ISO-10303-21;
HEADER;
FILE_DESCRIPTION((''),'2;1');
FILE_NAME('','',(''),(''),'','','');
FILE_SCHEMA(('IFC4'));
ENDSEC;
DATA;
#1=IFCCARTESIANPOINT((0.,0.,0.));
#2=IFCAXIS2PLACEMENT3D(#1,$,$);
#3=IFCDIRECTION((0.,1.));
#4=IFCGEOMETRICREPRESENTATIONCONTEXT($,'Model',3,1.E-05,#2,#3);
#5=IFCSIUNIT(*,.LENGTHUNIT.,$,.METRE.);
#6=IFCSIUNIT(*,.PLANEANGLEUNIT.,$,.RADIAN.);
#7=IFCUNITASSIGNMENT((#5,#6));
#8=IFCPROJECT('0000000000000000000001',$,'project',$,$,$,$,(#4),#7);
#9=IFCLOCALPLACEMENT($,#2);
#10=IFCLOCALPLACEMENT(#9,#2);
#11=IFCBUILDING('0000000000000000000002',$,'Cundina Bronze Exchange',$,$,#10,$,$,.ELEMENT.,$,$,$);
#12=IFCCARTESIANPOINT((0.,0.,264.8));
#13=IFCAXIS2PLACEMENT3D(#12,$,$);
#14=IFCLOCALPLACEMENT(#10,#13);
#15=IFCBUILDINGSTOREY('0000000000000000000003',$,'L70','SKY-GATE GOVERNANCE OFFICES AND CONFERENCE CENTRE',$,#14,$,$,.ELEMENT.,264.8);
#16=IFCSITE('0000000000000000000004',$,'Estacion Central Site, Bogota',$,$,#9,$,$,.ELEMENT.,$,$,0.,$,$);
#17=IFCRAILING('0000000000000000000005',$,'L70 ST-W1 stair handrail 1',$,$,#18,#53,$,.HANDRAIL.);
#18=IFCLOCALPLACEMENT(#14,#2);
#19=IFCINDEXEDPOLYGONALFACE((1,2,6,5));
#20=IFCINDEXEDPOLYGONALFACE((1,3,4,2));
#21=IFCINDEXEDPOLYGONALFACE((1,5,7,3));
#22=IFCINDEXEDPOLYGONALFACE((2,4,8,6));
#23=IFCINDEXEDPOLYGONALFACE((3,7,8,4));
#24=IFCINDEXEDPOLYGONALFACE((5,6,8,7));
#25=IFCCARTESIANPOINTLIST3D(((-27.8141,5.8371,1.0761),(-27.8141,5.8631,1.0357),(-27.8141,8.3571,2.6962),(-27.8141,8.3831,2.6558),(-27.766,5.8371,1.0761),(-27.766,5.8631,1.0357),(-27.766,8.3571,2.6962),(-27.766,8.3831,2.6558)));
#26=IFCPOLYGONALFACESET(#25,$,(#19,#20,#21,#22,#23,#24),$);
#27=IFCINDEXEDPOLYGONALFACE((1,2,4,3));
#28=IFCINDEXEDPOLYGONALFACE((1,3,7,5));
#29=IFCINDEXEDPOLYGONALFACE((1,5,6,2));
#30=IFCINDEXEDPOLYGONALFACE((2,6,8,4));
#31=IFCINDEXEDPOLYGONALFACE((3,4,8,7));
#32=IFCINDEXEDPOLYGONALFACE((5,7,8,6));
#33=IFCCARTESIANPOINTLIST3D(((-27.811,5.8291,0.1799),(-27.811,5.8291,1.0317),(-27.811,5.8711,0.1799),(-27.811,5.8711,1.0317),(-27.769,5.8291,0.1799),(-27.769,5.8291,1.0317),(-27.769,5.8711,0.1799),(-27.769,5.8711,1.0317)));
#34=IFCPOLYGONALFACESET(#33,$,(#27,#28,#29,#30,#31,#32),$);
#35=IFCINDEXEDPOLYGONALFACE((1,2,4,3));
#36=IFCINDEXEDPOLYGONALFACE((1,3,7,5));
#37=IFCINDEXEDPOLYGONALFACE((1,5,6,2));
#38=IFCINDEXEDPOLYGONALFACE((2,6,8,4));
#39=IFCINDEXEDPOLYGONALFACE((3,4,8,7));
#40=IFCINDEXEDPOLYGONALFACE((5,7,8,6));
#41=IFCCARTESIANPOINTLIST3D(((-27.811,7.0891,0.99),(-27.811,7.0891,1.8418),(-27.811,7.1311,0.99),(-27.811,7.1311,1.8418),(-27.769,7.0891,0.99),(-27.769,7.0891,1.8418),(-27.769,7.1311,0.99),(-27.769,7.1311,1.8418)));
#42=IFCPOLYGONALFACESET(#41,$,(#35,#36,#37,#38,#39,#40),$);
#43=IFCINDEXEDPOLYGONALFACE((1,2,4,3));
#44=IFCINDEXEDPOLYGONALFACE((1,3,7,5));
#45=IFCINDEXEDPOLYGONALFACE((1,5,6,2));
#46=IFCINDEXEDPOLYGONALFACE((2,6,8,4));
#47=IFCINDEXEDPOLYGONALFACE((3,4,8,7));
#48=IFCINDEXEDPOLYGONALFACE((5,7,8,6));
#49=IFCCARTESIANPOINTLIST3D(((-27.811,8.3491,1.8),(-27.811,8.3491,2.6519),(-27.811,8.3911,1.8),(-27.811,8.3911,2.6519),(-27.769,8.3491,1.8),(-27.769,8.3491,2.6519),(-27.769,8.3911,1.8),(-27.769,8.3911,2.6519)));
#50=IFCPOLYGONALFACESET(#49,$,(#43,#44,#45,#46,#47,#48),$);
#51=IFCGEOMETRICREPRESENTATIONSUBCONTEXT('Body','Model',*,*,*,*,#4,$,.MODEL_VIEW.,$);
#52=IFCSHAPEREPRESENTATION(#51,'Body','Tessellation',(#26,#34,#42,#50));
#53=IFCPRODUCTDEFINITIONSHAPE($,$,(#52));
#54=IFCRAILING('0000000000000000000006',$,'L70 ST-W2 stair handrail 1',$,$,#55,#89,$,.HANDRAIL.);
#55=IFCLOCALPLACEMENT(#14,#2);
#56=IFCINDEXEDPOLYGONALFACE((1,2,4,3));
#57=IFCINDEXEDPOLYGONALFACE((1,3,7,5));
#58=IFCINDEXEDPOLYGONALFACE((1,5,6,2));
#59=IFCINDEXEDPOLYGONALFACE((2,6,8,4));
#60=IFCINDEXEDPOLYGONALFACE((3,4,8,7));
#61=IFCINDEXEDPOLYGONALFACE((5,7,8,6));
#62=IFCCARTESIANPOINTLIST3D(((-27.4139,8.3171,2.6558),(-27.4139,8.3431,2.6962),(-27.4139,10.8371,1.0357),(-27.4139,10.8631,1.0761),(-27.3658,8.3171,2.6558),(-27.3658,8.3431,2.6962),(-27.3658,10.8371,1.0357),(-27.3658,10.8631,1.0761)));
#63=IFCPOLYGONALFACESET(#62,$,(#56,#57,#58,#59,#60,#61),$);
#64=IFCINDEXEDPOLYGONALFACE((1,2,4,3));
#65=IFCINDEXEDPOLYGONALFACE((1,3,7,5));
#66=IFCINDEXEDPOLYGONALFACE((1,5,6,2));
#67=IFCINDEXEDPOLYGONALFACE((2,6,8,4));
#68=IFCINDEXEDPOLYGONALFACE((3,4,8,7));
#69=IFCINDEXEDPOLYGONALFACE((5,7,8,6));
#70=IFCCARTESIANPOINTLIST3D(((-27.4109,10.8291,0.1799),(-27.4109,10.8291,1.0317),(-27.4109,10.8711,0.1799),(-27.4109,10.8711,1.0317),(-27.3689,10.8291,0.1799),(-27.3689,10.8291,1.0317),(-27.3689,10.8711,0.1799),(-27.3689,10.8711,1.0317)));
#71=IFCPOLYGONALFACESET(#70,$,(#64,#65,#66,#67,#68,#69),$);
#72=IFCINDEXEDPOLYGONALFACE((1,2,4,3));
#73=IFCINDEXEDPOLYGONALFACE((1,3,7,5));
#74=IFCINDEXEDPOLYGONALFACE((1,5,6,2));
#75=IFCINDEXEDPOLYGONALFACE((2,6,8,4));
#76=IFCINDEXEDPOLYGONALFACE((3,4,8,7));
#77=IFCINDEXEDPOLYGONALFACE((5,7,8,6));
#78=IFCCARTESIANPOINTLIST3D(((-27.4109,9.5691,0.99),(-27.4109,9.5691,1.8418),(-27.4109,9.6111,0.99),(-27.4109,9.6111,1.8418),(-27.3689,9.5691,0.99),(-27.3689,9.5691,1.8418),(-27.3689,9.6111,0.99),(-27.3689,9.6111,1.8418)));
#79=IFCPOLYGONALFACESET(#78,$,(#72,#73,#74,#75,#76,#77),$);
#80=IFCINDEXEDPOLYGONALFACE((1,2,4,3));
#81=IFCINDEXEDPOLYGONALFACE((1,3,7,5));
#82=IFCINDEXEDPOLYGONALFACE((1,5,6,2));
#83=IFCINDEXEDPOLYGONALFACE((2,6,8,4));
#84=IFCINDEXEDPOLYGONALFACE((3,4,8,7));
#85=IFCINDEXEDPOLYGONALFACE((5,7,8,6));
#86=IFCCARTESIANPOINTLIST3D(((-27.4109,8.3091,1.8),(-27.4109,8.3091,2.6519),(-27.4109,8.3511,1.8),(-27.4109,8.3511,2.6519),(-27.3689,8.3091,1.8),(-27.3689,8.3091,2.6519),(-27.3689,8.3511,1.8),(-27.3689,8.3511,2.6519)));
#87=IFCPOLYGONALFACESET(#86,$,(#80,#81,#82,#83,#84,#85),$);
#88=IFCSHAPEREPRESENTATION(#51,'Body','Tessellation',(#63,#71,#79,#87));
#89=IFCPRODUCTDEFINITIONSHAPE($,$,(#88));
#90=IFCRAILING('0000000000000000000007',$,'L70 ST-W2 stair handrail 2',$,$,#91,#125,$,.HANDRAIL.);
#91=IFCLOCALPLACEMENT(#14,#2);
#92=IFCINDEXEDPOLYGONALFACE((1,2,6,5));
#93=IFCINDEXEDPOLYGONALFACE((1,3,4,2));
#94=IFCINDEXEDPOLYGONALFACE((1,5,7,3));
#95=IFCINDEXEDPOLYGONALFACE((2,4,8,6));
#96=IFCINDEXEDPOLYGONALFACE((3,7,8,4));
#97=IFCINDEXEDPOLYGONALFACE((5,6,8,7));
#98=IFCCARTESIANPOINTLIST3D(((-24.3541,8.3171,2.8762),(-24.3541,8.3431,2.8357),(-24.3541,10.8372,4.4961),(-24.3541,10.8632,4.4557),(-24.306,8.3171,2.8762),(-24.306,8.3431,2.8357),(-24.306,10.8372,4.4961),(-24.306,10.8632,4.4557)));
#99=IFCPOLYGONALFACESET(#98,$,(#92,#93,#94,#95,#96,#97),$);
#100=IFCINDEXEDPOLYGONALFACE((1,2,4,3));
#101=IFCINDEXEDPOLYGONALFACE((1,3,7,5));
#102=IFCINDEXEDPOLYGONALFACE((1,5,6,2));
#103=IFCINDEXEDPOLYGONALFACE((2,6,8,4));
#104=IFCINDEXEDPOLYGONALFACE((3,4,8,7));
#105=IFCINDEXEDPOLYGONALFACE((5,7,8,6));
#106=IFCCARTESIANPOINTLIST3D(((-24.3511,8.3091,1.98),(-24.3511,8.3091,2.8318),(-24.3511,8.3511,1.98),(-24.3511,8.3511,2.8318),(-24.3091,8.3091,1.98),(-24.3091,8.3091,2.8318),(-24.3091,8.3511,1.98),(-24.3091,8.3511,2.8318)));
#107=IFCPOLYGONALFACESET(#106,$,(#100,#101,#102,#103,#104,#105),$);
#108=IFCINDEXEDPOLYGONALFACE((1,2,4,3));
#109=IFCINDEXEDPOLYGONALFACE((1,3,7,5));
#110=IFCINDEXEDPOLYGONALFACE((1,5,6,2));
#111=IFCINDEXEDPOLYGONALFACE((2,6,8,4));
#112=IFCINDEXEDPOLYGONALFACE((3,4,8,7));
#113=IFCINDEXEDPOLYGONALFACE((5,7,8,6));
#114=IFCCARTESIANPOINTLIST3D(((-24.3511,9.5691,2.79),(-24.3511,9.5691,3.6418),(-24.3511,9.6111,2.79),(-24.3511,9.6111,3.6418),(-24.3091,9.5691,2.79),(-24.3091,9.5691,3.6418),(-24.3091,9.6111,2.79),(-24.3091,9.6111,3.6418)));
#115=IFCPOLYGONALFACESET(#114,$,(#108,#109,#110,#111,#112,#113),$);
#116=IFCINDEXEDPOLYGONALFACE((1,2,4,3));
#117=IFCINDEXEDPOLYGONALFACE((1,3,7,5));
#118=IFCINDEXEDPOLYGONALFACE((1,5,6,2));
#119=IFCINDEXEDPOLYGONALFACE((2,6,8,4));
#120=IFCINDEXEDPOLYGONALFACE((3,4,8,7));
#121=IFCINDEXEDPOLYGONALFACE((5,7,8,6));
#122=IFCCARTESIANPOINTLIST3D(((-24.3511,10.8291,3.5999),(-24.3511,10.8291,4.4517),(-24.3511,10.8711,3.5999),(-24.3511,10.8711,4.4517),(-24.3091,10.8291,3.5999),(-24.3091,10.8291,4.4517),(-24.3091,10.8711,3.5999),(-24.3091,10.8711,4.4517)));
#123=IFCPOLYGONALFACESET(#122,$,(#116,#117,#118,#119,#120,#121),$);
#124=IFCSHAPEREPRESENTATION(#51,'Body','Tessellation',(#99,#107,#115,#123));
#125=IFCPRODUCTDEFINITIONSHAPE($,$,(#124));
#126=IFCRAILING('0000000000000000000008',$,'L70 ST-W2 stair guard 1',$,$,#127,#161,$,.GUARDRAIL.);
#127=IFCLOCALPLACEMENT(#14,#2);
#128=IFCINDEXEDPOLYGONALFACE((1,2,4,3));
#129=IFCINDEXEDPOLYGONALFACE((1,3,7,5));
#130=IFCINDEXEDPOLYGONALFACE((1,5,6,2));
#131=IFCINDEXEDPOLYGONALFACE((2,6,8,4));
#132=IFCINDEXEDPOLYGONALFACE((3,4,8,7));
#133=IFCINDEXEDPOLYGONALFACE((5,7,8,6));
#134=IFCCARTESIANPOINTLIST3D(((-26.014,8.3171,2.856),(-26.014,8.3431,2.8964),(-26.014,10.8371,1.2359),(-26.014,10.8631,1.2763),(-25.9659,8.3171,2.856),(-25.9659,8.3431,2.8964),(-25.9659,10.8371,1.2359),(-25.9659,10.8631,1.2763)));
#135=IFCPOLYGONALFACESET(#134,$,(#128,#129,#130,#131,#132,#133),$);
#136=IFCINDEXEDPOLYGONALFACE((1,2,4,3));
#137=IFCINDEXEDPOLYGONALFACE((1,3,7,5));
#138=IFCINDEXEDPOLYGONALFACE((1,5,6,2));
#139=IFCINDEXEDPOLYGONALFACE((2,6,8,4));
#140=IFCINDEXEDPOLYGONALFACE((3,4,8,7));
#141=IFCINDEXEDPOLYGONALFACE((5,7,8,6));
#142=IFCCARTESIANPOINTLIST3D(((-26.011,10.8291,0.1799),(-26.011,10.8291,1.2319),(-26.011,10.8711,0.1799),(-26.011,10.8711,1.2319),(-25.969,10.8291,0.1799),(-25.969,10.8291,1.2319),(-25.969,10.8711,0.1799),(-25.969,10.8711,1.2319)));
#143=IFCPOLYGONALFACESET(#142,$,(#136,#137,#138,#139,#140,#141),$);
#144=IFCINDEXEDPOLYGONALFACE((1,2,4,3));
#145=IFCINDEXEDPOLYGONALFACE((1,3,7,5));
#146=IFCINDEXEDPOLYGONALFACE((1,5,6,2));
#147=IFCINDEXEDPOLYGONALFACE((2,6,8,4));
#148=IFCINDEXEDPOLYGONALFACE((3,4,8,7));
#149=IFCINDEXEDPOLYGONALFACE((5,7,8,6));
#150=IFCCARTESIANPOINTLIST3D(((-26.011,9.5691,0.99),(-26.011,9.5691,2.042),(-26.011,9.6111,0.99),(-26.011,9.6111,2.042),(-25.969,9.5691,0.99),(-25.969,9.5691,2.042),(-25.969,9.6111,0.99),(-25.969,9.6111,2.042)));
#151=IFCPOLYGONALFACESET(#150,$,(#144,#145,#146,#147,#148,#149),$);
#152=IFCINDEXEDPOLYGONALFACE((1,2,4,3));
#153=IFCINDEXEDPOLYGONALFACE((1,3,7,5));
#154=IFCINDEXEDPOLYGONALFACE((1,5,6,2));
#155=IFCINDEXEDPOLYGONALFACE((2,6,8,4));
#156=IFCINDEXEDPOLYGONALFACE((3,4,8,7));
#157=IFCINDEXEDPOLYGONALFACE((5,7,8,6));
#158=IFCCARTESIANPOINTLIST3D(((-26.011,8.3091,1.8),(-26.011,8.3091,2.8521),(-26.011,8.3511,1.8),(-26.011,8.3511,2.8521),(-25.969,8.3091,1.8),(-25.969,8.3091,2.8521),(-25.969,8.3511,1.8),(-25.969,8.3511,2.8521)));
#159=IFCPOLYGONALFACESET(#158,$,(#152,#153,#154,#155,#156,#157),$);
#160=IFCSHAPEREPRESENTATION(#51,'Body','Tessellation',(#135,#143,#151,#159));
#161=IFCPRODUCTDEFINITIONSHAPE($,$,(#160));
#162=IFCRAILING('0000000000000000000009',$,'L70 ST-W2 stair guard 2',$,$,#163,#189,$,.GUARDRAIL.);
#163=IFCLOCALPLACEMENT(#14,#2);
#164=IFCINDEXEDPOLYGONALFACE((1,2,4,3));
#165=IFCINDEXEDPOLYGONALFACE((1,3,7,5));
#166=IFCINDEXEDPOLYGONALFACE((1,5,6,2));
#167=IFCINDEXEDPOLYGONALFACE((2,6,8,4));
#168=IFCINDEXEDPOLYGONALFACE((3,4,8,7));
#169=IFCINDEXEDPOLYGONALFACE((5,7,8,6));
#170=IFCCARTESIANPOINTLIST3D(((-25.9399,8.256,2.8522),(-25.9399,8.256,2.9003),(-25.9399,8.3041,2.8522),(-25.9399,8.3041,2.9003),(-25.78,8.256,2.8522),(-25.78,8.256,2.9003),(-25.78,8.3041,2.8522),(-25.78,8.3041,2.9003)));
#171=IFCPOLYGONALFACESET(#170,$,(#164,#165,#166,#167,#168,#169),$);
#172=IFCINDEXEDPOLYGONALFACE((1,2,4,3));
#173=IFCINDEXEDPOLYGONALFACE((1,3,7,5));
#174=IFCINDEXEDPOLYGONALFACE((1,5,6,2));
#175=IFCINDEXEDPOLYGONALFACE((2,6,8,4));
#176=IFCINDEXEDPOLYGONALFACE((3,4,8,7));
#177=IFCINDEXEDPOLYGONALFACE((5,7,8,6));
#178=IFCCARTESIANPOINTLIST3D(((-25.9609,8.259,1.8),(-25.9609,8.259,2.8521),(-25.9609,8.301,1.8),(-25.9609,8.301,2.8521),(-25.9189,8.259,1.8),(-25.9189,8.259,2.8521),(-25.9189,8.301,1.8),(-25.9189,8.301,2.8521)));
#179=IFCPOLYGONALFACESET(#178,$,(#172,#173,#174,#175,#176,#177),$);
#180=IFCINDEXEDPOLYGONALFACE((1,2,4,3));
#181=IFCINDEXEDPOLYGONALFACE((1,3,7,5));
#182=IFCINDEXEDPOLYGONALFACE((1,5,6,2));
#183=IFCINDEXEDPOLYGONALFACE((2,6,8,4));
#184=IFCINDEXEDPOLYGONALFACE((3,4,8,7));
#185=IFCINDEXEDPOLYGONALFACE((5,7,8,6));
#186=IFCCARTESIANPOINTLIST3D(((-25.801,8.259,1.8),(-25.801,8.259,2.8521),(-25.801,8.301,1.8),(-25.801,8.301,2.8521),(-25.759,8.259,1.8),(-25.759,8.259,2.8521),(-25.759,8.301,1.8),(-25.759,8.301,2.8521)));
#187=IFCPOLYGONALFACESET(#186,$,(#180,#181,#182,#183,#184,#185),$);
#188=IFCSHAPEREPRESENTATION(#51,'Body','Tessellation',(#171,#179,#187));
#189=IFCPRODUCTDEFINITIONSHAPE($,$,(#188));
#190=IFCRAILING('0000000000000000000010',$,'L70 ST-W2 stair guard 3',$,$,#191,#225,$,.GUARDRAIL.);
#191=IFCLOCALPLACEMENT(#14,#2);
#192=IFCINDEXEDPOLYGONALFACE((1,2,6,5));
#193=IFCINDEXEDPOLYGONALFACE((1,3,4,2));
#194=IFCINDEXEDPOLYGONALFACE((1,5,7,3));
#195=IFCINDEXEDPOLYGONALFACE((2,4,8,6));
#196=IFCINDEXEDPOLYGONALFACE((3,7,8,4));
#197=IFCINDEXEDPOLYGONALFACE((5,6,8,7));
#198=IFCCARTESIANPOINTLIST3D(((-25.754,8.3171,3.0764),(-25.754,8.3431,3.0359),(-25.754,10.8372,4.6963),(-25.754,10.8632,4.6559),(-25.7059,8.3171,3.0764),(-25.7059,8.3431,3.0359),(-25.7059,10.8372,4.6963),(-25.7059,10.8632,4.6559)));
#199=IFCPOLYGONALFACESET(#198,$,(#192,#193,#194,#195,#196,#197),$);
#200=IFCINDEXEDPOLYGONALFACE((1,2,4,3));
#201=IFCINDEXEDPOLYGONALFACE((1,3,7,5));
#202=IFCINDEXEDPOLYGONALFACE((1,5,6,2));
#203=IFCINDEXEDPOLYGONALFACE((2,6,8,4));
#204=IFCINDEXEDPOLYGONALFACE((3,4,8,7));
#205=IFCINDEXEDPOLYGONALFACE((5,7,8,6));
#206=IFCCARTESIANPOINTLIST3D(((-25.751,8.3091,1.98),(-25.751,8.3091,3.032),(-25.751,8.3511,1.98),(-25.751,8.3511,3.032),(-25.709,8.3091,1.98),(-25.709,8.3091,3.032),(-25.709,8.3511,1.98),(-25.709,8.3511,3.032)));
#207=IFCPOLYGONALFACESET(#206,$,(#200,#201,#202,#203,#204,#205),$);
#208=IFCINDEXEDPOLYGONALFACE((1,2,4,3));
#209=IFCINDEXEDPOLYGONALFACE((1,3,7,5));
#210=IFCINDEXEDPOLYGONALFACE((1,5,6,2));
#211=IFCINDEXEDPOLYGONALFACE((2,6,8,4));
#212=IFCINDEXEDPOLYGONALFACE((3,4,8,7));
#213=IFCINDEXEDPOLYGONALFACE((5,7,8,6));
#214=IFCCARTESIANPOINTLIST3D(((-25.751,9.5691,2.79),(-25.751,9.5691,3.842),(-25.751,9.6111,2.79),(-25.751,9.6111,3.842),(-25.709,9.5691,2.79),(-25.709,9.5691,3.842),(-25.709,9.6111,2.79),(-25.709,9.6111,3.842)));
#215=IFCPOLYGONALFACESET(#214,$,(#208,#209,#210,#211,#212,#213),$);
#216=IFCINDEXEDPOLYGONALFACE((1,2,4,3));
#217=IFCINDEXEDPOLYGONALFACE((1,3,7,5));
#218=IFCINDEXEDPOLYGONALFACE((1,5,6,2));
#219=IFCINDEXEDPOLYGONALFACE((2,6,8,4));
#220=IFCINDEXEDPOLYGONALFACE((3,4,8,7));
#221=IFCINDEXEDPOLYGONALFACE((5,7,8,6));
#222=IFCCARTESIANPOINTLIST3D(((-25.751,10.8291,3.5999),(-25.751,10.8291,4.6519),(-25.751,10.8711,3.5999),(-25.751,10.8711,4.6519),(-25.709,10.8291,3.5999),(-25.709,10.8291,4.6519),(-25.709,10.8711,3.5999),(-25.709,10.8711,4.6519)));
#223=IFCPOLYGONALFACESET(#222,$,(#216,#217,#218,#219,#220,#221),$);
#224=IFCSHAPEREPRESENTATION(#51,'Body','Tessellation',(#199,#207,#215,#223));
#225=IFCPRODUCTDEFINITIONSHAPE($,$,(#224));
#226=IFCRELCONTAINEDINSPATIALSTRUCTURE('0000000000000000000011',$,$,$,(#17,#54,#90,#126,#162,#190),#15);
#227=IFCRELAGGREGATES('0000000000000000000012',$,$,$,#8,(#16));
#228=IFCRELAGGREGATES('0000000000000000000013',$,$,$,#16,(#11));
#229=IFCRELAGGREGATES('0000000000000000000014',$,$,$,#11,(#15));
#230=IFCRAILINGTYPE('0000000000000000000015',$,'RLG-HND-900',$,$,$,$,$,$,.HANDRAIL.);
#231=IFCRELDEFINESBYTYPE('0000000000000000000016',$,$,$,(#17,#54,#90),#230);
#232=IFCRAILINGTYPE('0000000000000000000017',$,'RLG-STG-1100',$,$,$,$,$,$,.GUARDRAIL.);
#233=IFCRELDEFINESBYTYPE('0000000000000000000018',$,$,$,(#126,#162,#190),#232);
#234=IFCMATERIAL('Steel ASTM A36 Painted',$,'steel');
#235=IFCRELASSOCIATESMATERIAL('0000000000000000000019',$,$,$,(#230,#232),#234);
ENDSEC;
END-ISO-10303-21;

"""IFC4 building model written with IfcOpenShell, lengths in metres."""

from ifc_helpers import new_model, si_unit, direction, frame, origin, origin_2d, place, context, subcontext, project, spatial, rectangle, extrude, material, type_object, element, save


model = new_model("IFC4")

# Units and contexts
model_context = context("Model", 3, precision=1e-05, world=origin(), true_north=direction((0.0, 1.0)))
body_context = subcontext(model_context, "Body", "Model", "MODEL_VIEW")
ifc_project = project(units=[si_unit("LENGTHUNIT", "METRE"), si_unit("PLANEANGLEUNIT", "RADIAN")], contexts=[model_context])

# Site, building, storey
site_placement = place(None, origin())
site = spatial("IfcSite", under=ifc_project, at=site_placement, Name="Estacion Central Site, Bogota", CompositionType="ELEMENT", RefElevation=0.0)
building_placement = place(site_placement, origin())
building = spatial("IfcBuilding", under=site, at=building_placement, Name="Cundina Bronze Exchange", CompositionType="ELEMENT")
storey_placement = place(building_placement, frame((0.0, 0.0, 264.8)))
storey = spatial("IfcBuildingStorey", under=building, at=storey_placement, Name="L70", Description="SKY-GATE GOVERNANCE OFFICES AND CONFERENCE CENTRE", CompositionType="ELEMENT", Elevation=264.8)

# Shared definitions
ifc_material_1 = material(Name="Steel ASTM A36 Painted", Category="steel")

# Railings
railing_type_1 = type_object("IfcRailingType", Name="RLG-HND-900", PredefinedType="HANDRAIL", material=ifc_material_1)
railing_1_placement = place(storey_placement, frame((-27.79, 5.8501, 0.1799)))
element("IfcRailing", 1, at=railing_1_placement, inside=storey, type_object=railing_type_1, Name="L70 ST-W1 stair handrail 1", PredefinedType="HANDRAIL", context=body_context, shape_type="SweptSolid", body=[
    extrude(rectangle(XDim=0.0481, YDim=0.0481, at=origin_2d()), frame((0.0, 0.0, 0.876), z_axis=(0.0, 0.841163, 0.540782), x_axis=(-1.0, 0.0, 0.0)), (0.0, 0.0, 1.0), 2.9958),
    extrude(rectangle(XDim=0.042, YDim=0.042, at=origin_2d()), origin(), (0.0, 0.0, 1.0), 0.8518),
    extrude(rectangle(XDim=0.042, YDim=0.042, at=origin_2d()), frame((0.0, 1.26, 0.8101)), (0.0, 0.0, 1.0), 0.8518),
    extrude(rectangle(XDim=0.042, YDim=0.042, at=origin_2d()), frame((0.0, 2.52, 1.6201)), (0.0, 0.0, 1.0), 0.8518),
])
railing_2_placement = place(storey_placement, frame((-27.3899, 10.8501, 0.1799)))
element("IfcRailing", 2, at=railing_2_placement, inside=storey, type_object=railing_type_1, Name="L70 ST-W2 stair handrail 1", PredefinedType="HANDRAIL", context=body_context, shape_type="SweptSolid", body=[
    extrude(rectangle(XDim=0.0481, YDim=0.0481, at=origin_2d()), frame((0.0, 0.0, 0.876), z_axis=(0.0, -0.841163, 0.540782), x_axis=(1.0, 0.0, 0.0)), (0.0, 0.0, 1.0), 2.9958),
    extrude(rectangle(XDim=0.042, YDim=0.042, at=origin_2d()), origin(), (0.0, 0.0, 1.0), 0.8518),
    extrude(rectangle(XDim=0.042, YDim=0.042, at=origin_2d()), frame((0.0, -1.26, 0.8101)), (0.0, 0.0, 1.0), 0.8518),
    extrude(rectangle(XDim=0.042, YDim=0.042, at=origin_2d()), frame((0.0, -2.52, 1.6201)), (0.0, 0.0, 1.0), 0.8518),
])
railing_3_placement = place(storey_placement, frame((-24.3301, 8.3301, 1.98)))
element("IfcRailing", 3, at=railing_3_placement, inside=storey, type_object=railing_type_1, Name="L70 ST-W2 stair handrail 2", PredefinedType="HANDRAIL", context=body_context, shape_type="SweptSolid", body=[
    extrude(rectangle(XDim=0.0481, YDim=0.0481, at=origin_2d()), frame((0.0, 0.0, 0.876), z_axis=(0.0, 0.8412, 0.540725), x_axis=(-1.0, 0.0, 0.0)), (0.0, 0.0, 1.0), 2.9958),
    extrude(rectangle(XDim=0.042, YDim=0.042, at=origin_2d()), origin(), (0.0, 0.0, 1.0), 0.8518),
    extrude(rectangle(XDim=0.042, YDim=0.042, at=origin_2d()), frame((0.0, 1.26, 0.8101)), (0.0, 0.0, 1.0), 0.8518),
    extrude(rectangle(XDim=0.042, YDim=0.042, at=origin_2d()), frame((0.0, 2.52, 1.6199)), (0.0, 0.0, 1.0), 0.8518),
])
railing_type_2 = type_object("IfcRailingType", Name="RLG-STG-1100", PredefinedType="GUARDRAIL", material=ifc_material_1)
railing_4_placement = place(storey_placement, frame((-25.99, 10.8501, 0.1799)))
element("IfcRailing", 4, at=railing_4_placement, inside=storey, type_object=railing_type_2, Name="L70 ST-W2 stair guard 1", PredefinedType="GUARDRAIL", context=body_context, shape_type="SweptSolid", body=[
    extrude(rectangle(XDim=0.0481, YDim=0.0481, at=origin_2d()), frame((0.0, 0.0, 1.0762), z_axis=(0.0, -0.841163, 0.540782), x_axis=(1.0, 0.0, 0.0)), (0.0, 0.0, 1.0), 2.9958),
    extrude(rectangle(XDim=0.042, YDim=0.042, at=origin_2d()), origin(), (0.0, 0.0, 1.0), 1.052),
    extrude(rectangle(XDim=0.042, YDim=0.042, at=origin_2d()), frame((0.0, -1.26, 0.8101)), (0.0, 0.0, 1.0), 1.052),
    extrude(rectangle(XDim=0.042, YDim=0.042, at=origin_2d()), frame((0.0, -2.52, 1.6201)), (0.0, 0.0, 1.0), 1.052),
])
railing_5_placement = place(storey_placement, frame((-25.9399, 8.28, 1.8)))
element("IfcRailing", 5, at=railing_5_placement, inside=storey, type_object=railing_type_2, Name="L70 ST-W2 stair guard 2", PredefinedType="GUARDRAIL", context=body_context, shape_type="SweptSolid", body=[
    extrude(rectangle(XDim=0.0481, YDim=0.0481, at=origin_2d()), frame((0.0, 0.0, 1.0762), z_axis=(1.0, 0.0, 0.0), x_axis=(0.0, 1.0, 0.0)), (0.0, 0.0, 1.0), 0.1599),
    extrude(rectangle(XDim=0.042, YDim=0.042, at=origin_2d()), origin(), (0.0, 0.0, 1.0), 1.052),
    extrude(rectangle(XDim=0.042, YDim=0.042, at=origin_2d()), frame((0.1599, 0.0, 0.0)), (0.0, 0.0, 1.0), 1.052),
])
railing_6_placement = place(storey_placement, frame((-25.73, 8.3301, 1.98)))
element("IfcRailing", 6, at=railing_6_placement, inside=storey, type_object=railing_type_2, Name="L70 ST-W2 stair guard 3", PredefinedType="GUARDRAIL", context=body_context, shape_type="SweptSolid", body=[
    extrude(rectangle(XDim=0.0481, YDim=0.0481, at=origin_2d()), frame((0.0, 0.0, 1.0762), z_axis=(0.0, 0.8412, 0.540725), x_axis=(-1.0, 0.0, 0.0)), (0.0, 0.0, 1.0), 2.9958),
    extrude(rectangle(XDim=0.042, YDim=0.042, at=origin_2d()), origin(), (0.0, 0.0, 1.0), 1.052),
    extrude(rectangle(XDim=0.042, YDim=0.042, at=origin_2d()), frame((0.0, 1.26, 0.8101)), (0.0, 0.0, 1.0), 1.052),
    extrude(rectangle(XDim=0.042, YDim=0.042, at=origin_2d()), frame((0.0, 2.52, 1.6199)), (0.0, 0.0, 1.0), 1.052),
])

save(model, "model.ifc")
